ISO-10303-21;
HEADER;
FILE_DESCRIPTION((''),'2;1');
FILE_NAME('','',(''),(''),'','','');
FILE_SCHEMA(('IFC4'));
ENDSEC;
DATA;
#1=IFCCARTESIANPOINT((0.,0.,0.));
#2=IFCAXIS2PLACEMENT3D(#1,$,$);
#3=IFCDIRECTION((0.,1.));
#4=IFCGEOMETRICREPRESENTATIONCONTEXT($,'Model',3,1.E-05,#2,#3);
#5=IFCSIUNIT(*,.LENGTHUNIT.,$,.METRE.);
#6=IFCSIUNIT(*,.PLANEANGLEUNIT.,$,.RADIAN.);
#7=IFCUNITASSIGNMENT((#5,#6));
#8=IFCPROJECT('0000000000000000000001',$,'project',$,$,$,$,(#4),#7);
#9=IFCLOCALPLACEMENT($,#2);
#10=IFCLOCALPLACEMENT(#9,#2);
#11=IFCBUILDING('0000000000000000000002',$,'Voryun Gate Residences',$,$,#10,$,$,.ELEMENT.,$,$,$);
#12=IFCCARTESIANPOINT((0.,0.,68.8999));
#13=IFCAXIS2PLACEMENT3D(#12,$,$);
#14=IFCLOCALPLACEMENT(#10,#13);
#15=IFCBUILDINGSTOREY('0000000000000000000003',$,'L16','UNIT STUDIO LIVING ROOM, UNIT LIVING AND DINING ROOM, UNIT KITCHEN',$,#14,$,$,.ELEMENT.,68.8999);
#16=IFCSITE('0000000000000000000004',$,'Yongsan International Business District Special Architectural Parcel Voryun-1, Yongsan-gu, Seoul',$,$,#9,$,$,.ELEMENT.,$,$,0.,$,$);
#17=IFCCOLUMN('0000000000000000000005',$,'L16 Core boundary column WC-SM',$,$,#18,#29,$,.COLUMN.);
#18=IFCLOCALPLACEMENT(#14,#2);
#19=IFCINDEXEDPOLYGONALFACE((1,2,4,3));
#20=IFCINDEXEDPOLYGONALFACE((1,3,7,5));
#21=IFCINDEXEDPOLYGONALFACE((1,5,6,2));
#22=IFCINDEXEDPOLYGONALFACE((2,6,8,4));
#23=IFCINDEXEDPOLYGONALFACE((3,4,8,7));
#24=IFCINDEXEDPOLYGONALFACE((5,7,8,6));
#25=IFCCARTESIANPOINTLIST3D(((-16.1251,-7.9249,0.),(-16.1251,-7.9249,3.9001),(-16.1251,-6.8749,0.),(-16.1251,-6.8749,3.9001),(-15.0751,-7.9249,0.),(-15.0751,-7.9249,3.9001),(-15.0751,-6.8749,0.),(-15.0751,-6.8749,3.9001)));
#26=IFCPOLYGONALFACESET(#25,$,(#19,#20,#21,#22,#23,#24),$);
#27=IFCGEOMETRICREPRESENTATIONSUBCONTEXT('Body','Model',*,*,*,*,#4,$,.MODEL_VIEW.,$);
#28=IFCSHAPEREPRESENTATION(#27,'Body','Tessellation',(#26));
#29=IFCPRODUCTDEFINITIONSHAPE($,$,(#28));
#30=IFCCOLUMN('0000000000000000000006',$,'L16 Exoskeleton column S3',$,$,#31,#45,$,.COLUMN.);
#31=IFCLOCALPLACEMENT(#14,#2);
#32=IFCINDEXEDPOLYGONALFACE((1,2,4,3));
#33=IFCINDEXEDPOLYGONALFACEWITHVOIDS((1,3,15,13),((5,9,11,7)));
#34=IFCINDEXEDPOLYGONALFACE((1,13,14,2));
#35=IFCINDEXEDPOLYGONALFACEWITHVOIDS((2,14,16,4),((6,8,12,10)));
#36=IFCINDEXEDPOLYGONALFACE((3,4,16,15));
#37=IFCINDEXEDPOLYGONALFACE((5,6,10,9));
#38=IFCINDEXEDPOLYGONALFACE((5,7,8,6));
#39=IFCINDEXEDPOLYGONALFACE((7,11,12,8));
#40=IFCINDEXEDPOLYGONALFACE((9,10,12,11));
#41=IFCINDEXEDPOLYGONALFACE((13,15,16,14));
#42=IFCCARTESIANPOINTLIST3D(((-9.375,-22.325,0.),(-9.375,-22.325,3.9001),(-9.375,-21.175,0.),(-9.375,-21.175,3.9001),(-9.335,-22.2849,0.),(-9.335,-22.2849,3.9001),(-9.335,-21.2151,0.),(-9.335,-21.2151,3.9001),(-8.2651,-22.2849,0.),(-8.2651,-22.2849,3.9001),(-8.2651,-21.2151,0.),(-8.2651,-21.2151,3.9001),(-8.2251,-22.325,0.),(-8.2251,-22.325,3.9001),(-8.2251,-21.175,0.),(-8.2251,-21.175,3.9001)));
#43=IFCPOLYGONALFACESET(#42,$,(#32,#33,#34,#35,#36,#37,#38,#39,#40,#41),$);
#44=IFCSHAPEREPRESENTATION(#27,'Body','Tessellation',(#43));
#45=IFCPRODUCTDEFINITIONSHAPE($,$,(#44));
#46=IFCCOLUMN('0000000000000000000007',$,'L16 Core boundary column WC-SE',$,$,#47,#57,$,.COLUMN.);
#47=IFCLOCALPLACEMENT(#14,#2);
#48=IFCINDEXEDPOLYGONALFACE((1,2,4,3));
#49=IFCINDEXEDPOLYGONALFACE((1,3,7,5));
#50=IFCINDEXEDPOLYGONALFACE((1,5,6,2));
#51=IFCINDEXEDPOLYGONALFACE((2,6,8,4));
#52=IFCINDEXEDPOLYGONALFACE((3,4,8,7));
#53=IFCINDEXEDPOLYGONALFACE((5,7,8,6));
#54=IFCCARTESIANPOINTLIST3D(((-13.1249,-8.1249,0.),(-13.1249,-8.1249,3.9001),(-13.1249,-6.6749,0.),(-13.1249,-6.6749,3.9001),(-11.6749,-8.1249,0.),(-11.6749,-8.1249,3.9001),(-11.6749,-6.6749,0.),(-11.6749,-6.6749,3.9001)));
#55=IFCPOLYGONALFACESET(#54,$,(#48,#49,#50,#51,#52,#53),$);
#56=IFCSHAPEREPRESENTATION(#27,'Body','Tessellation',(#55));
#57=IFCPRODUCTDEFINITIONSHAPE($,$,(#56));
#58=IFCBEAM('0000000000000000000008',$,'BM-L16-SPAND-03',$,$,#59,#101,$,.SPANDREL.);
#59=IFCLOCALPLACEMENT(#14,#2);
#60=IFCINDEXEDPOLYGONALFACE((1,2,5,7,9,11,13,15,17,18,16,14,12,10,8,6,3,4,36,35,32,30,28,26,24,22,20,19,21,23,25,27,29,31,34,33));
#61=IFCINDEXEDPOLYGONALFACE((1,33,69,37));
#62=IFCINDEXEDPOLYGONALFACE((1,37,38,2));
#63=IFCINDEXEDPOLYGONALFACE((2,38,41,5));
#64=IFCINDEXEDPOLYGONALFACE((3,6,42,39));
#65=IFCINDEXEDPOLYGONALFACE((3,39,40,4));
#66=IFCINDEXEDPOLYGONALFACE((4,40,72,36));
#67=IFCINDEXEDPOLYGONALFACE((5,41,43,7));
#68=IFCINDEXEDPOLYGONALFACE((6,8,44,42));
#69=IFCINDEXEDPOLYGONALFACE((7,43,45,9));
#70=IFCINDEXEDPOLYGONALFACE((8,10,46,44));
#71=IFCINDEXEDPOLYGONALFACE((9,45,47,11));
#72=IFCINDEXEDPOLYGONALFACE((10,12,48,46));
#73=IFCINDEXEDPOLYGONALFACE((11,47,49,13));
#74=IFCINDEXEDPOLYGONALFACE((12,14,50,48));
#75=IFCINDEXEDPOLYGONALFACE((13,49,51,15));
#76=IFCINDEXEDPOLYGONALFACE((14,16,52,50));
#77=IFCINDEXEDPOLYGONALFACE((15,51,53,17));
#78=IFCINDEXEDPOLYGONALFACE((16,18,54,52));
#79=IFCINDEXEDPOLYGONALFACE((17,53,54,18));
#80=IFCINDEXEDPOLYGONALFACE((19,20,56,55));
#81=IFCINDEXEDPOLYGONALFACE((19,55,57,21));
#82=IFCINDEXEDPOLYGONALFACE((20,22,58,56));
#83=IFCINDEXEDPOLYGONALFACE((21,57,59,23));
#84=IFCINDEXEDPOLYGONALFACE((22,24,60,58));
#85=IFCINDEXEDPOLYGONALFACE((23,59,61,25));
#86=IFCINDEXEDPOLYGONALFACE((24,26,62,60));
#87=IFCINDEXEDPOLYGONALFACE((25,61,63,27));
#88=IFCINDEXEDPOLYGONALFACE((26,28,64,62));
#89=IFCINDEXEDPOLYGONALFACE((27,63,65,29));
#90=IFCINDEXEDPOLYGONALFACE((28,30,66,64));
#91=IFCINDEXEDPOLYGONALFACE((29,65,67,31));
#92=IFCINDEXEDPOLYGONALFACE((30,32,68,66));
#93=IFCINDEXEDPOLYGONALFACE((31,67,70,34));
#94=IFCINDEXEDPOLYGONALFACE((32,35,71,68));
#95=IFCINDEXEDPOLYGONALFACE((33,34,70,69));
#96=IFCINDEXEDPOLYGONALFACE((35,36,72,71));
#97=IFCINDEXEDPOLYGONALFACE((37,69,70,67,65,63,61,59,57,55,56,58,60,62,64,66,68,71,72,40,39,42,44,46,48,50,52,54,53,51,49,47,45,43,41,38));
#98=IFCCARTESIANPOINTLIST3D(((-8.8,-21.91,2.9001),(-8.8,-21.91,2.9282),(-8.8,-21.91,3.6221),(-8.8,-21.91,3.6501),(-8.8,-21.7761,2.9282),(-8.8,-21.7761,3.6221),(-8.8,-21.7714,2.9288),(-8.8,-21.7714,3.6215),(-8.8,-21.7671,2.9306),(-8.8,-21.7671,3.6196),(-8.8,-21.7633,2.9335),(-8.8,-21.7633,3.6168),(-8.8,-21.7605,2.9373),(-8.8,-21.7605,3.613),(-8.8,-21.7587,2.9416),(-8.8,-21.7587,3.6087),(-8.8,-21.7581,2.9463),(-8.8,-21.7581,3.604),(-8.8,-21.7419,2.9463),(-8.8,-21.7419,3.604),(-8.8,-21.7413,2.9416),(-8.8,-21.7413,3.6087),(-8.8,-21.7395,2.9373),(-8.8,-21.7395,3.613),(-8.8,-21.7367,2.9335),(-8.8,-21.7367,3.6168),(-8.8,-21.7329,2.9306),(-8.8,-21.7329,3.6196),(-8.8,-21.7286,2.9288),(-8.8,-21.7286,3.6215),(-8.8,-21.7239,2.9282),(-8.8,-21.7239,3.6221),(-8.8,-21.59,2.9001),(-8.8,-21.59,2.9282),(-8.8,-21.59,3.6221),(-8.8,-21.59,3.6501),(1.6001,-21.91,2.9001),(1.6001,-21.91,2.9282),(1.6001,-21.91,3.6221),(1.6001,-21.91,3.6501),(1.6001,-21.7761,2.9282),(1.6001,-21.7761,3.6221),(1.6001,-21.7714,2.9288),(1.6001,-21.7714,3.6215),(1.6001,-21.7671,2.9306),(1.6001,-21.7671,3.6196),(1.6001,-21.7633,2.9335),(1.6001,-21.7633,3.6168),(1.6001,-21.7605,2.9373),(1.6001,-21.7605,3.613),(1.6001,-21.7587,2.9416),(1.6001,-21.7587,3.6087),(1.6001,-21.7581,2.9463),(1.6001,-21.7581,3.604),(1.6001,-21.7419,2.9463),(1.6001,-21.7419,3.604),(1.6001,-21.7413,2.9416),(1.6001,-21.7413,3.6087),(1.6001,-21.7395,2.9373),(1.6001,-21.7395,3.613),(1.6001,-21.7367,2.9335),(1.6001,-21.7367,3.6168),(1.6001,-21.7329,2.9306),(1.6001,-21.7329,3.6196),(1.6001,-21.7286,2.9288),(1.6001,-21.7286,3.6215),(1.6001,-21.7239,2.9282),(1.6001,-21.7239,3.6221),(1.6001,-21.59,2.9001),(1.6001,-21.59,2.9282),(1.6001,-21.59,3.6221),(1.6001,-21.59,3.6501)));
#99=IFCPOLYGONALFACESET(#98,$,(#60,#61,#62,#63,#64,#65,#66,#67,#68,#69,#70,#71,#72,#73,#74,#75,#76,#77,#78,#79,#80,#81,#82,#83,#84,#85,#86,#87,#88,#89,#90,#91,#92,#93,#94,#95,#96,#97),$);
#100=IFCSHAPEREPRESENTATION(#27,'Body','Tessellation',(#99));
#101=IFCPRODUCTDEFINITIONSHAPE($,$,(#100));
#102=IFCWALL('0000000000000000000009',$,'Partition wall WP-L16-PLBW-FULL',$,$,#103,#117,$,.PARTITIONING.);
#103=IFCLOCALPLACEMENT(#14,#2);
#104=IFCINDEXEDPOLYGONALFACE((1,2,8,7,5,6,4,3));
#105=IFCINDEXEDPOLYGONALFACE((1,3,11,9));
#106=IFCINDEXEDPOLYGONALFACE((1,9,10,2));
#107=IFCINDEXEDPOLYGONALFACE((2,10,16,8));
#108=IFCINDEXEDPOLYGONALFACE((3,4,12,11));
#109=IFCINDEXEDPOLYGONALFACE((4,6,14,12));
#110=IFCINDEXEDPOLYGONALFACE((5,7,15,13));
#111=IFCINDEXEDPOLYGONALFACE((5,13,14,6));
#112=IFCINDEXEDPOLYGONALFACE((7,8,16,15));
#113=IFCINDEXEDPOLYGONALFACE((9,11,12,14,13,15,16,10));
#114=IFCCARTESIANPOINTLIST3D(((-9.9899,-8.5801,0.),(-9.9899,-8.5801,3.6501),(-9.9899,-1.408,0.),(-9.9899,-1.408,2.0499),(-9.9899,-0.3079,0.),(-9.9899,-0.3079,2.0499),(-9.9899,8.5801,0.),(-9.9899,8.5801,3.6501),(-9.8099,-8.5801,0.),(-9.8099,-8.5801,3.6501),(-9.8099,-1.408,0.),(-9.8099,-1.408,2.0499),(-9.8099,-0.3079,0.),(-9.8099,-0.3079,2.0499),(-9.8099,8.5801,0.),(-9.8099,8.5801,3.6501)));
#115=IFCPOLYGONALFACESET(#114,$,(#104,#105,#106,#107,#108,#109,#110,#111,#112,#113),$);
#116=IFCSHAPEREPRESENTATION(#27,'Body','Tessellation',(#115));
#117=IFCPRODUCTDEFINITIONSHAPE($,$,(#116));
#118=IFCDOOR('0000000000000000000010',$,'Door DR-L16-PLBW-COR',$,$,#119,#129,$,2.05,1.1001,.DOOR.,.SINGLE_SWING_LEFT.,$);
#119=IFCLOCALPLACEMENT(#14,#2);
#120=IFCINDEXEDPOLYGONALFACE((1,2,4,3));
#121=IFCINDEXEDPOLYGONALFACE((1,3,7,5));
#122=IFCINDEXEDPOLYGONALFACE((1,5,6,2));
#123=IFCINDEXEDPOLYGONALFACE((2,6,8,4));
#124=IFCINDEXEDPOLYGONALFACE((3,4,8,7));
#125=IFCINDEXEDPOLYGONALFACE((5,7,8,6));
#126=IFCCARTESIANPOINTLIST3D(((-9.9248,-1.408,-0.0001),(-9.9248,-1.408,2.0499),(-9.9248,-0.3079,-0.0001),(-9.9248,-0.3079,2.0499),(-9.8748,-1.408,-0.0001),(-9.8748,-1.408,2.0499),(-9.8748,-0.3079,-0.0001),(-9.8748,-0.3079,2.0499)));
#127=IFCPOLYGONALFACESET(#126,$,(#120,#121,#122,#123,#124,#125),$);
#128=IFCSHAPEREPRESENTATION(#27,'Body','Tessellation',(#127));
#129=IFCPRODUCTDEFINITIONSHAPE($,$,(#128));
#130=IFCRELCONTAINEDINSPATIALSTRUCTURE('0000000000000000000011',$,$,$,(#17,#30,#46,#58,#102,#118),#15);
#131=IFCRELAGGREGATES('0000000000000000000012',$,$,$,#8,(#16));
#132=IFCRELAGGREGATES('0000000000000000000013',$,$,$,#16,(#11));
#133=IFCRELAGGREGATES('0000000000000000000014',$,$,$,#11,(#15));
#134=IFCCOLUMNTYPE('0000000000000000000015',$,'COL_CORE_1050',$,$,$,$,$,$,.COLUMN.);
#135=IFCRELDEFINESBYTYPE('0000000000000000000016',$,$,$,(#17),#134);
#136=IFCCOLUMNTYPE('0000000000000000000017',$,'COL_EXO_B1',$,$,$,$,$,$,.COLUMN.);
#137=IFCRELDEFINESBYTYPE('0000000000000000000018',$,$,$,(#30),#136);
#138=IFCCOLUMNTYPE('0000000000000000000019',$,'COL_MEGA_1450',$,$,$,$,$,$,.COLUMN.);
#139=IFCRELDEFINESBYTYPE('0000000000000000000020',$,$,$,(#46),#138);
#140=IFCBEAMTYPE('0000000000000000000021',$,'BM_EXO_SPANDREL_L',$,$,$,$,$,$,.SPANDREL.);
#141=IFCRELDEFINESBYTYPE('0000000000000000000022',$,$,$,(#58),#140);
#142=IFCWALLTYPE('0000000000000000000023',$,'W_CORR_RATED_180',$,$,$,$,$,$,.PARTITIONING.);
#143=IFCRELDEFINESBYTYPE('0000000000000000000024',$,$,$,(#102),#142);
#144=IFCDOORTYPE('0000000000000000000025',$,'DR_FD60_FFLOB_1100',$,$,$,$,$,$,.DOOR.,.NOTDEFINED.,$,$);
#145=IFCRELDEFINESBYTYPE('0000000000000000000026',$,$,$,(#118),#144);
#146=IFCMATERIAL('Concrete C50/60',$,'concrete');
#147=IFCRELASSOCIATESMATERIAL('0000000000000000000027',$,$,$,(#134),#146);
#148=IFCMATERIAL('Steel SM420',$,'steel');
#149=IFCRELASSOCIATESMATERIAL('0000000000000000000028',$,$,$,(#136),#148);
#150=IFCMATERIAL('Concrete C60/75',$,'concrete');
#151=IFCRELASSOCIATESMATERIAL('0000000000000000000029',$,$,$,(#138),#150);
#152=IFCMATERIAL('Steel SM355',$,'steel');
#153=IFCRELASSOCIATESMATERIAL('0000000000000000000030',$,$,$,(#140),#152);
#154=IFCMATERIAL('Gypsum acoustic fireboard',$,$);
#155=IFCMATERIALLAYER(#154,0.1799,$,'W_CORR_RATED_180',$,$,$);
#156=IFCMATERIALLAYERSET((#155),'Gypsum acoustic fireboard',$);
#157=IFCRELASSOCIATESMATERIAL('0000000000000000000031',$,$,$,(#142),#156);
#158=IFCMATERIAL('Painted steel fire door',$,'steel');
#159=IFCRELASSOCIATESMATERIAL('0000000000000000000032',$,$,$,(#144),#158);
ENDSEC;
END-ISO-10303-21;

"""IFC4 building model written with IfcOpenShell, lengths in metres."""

from ifc_helpers import new_model, si_unit, direction, frame, frame_2d, origin, origin_2d, place, context, subcontext, project, spatial, rectangle, hollow_rectangle, i_section, extrude, material, layer, layer_set, material_profile, profile_set, type_object, element, fill, save


model = new_model("IFC4")

# Units and contexts
model_context = context("Model", 3, precision=1e-05, world=origin(), true_north=direction((0.0, 1.0)))
body_context = subcontext(model_context, "Body", "Model", "MODEL_VIEW")
ifc_project = project(units=[si_unit("LENGTHUNIT", "METRE"), si_unit("PLANEANGLEUNIT", "RADIAN")], contexts=[model_context])

# Site, building, storey
site_placement = place(None, origin())
site = spatial("IfcSite", under=ifc_project, at=site_placement, Name="Yongsan International Business District Special Architectural Parcel Voryun-1, Yongsan-gu, Seoul", CompositionType="ELEMENT", RefElevation=0.0)
building_placement = place(site_placement, origin())
building = spatial("IfcBuilding", under=site, at=building_placement, Name="Voryun Gate Residences", CompositionType="ELEMENT")
storey_placement = place(building_placement, frame((0.0, 0.0, 68.8999)))
storey = spatial("IfcBuildingStorey", under=building, at=storey_placement, Name="L16", Description="UNIT STUDIO LIVING ROOM, UNIT LIVING AND DINING ROOM, UNIT KITCHEN", CompositionType="ELEMENT", Elevation=68.8999)

# Columns
ifc_material_1 = material(Name="Concrete C50/60", Category="concrete")
ifc_material_profile_1 = material_profile(ifc_material_1, rectangle(XDim=1.05, YDim=1.05, at=origin_2d()), Name="RC-1050x1050")
ifc_profile_set_1 = profile_set([ifc_material_profile_1], Name="Concrete C50/60")
column_type_1 = type_object("IfcColumnType", Name="COL_CORE_1050", PredefinedType="COLUMN", material=ifc_profile_set_1)
column_1_placement = place(storey_placement, frame((-15.6001, -7.3999, 0.0), z_axis=(0.0, 0.0, 1.0), x_axis=(1.0, 0.0, 0.0)))
element("IfcColumn", 1, at=column_1_placement, inside=storey, type_object=column_type_1, Name="L16 Core boundary column WC-SM", PredefinedType="COLUMN", context=body_context, shape_type="SweptSolid", body=[
    extrude(rectangle(XDim=1.05, YDim=1.05, at=origin_2d()), origin(), (0.0, 0.0, 1.0), 3.9001),
])
ifc_material_2 = material(Name="Steel SM420", Category="steel")
ifc_material_profile_2 = material_profile(ifc_material_2, hollow_rectangle(XDim=1.1499, YDim=1.1499, WallThickness=0.04, at=origin_2d()), Name="BOX-1150x1150x40")
ifc_profile_set_2 = profile_set([ifc_material_profile_2], Name="Steel SM420")
column_type_2 = type_object("IfcColumnType", Name="COL_EXO_B1", PredefinedType="COLUMN", material=ifc_profile_set_2)
column_2_placement = place(storey_placement, frame((-8.8, -21.75, 0.0), z_axis=(0.0, 0.0, 1.0), x_axis=(1.0, 0.0, 0.0)))
element("IfcColumn", 2, at=column_2_placement, inside=storey, type_object=column_type_2, Name="L16 Exoskeleton column S3", PredefinedType="COLUMN", context=body_context, shape_type="SweptSolid", body=[
    extrude(hollow_rectangle(XDim=1.1499, YDim=1.1499, WallThickness=0.04, at=origin_2d()), origin(), (0.0, 0.0, 1.0), 3.9001),
])
ifc_material_3 = material(Name="Concrete C60/75", Category="concrete")
ifc_material_profile_3 = material_profile(ifc_material_3, rectangle(XDim=1.45, YDim=1.45, at=origin_2d()), Name="RC-1450x1450")
ifc_profile_set_3 = profile_set([ifc_material_profile_3], Name="Concrete C60/75")
column_type_3 = type_object("IfcColumnType", Name="COL_MEGA_1450", PredefinedType="COLUMN", material=ifc_profile_set_3)
column_3_placement = place(storey_placement, frame((-12.3999, -7.3999, 0.0), z_axis=(0.0, 0.0, 1.0), x_axis=(1.0, 0.0, 0.0)))
element("IfcColumn", 3, at=column_3_placement, inside=storey, type_object=column_type_3, Name="L16 Core boundary column WC-SE", PredefinedType="COLUMN", context=body_context, shape_type="SweptSolid", body=[
    extrude(rectangle(XDim=1.45, YDim=1.45, at=origin_2d()), origin(), (0.0, 0.0, 1.0), 3.9001),
])

# Beam
ifc_material_4 = material(Name="Steel SM355", Category="steel")
ifc_material_profile_4 = material_profile(ifc_material_4, i_section(OverallWidth=0.3201, OverallDepth=0.75, WebThickness=0.0161, FlangeThickness=0.0281, FilletRadius=0.0181, at=origin_2d()), Name="H-750x320x16x28")
ifc_profile_set_4 = profile_set([ifc_material_profile_4], Name="Steel SM355")
beam_type = type_object("IfcBeamType", Name="BM_EXO_SPANDREL_L", PredefinedType="SPANDREL", material=ifc_profile_set_4)
beam_placement = place(storey_placement, frame((-8.8, -21.75, 3.2751), z_axis=(1.0, 0.0, 0.0), x_axis=(0.0, 1.0, 0.0)))
element("IfcBeam", 4, at=beam_placement, inside=storey, type_object=beam_type, Name="BM-L16-SPAND-03", PredefinedType="SPANDREL", context=body_context, shape_type="SweptSolid", body=[
    extrude(i_section(OverallWidth=0.3201, OverallDepth=0.75, WebThickness=0.0161, FlangeThickness=0.0281, FilletRadius=0.0181, at=origin_2d()), origin(), (0.0, 0.0, 1.0), 10.4001),
])

# Wall, opening, door
ifc_material_5 = material(Name="Gypsum acoustic fireboard")
ifc_layer_1 = layer(ifc_material_5, 0.1799, Name="W_CORR_RATED_180")
ifc_layer_set_1 = layer_set([ifc_layer_1], Name="Gypsum acoustic fireboard")
wall_type_1 = type_object("IfcWallType", Name="W_CORR_RATED_180", PredefinedType="PARTITIONING", material=ifc_layer_set_1)
wall_1_placement = place(storey_placement, frame((-9.8999, -8.5801, 0.0), z_axis=(0.0, 0.0, 1.0), x_axis=(0.0, 1.0, 0.0)))
wall_1 = element("IfcWall", 5, at=wall_1_placement, inside=storey, type_object=wall_type_1, Name="Partition wall WP-L16-PLBW-FULL", PredefinedType="PARTITIONING", context=body_context, shape_type="SweptSolid", body=[
    extrude(rectangle(XDim=17.1602, YDim=0.1799, at=frame_2d((8.5801, 0.0))), origin(), (0.0, 0.0, 1.0), 3.6501),
])
opening_1_placement = place(wall_1_placement, frame((7.1721, 0.0, 0.0)))
opening_1 = element("IfcOpeningElement", 6, at=opening_1_placement, cuts=wall_1, PredefinedType="OPENING", context=body_context, shape_type="SweptSolid", body=[
    extrude(rectangle(XDim=1.1001, YDim=2.05, at=frame_2d((0.55, 1.0249))), frame((0.0, 0.0999, 0.0), z_axis=(0.0, -1.0, 0.0), x_axis=(1.0, 0.0, 0.0)), (0.0, 0.0, 1.0), 0.2),
])
ifc_material_6 = material(Name="Painted steel fire door", Category="steel")
door_type_1 = type_object("IfcDoorType", Name="DR_FD60_FFLOB_1100", OperationType="NOTDEFINED", PredefinedType="DOOR", material=ifc_material_6)
door_1_placement = place(opening_1_placement, origin())
door_1 = element("IfcDoor", 7, at=door_1_placement, inside=storey, type_object=door_type_1, Name="Door DR-L16-PLBW-COR", OperationType="SINGLE_SWING_LEFT", OverallHeight=2.05, OverallWidth=1.1001, PredefinedType="DOOR", context=body_context, shape_type="SweptSolid", body=[
    extrude(rectangle(XDim=1.1001, YDim=2.05, at=frame_2d((0.55, 1.0249))), frame((0.0, 0.0249, 0.0), z_axis=(0.0, -1.0, 0.0), x_axis=(1.0, 0.0, 0.0)), (0.0, 0.0, 1.0), 0.05),
])
fill(opening_1, door_1)

save(model, "model.ifc")
